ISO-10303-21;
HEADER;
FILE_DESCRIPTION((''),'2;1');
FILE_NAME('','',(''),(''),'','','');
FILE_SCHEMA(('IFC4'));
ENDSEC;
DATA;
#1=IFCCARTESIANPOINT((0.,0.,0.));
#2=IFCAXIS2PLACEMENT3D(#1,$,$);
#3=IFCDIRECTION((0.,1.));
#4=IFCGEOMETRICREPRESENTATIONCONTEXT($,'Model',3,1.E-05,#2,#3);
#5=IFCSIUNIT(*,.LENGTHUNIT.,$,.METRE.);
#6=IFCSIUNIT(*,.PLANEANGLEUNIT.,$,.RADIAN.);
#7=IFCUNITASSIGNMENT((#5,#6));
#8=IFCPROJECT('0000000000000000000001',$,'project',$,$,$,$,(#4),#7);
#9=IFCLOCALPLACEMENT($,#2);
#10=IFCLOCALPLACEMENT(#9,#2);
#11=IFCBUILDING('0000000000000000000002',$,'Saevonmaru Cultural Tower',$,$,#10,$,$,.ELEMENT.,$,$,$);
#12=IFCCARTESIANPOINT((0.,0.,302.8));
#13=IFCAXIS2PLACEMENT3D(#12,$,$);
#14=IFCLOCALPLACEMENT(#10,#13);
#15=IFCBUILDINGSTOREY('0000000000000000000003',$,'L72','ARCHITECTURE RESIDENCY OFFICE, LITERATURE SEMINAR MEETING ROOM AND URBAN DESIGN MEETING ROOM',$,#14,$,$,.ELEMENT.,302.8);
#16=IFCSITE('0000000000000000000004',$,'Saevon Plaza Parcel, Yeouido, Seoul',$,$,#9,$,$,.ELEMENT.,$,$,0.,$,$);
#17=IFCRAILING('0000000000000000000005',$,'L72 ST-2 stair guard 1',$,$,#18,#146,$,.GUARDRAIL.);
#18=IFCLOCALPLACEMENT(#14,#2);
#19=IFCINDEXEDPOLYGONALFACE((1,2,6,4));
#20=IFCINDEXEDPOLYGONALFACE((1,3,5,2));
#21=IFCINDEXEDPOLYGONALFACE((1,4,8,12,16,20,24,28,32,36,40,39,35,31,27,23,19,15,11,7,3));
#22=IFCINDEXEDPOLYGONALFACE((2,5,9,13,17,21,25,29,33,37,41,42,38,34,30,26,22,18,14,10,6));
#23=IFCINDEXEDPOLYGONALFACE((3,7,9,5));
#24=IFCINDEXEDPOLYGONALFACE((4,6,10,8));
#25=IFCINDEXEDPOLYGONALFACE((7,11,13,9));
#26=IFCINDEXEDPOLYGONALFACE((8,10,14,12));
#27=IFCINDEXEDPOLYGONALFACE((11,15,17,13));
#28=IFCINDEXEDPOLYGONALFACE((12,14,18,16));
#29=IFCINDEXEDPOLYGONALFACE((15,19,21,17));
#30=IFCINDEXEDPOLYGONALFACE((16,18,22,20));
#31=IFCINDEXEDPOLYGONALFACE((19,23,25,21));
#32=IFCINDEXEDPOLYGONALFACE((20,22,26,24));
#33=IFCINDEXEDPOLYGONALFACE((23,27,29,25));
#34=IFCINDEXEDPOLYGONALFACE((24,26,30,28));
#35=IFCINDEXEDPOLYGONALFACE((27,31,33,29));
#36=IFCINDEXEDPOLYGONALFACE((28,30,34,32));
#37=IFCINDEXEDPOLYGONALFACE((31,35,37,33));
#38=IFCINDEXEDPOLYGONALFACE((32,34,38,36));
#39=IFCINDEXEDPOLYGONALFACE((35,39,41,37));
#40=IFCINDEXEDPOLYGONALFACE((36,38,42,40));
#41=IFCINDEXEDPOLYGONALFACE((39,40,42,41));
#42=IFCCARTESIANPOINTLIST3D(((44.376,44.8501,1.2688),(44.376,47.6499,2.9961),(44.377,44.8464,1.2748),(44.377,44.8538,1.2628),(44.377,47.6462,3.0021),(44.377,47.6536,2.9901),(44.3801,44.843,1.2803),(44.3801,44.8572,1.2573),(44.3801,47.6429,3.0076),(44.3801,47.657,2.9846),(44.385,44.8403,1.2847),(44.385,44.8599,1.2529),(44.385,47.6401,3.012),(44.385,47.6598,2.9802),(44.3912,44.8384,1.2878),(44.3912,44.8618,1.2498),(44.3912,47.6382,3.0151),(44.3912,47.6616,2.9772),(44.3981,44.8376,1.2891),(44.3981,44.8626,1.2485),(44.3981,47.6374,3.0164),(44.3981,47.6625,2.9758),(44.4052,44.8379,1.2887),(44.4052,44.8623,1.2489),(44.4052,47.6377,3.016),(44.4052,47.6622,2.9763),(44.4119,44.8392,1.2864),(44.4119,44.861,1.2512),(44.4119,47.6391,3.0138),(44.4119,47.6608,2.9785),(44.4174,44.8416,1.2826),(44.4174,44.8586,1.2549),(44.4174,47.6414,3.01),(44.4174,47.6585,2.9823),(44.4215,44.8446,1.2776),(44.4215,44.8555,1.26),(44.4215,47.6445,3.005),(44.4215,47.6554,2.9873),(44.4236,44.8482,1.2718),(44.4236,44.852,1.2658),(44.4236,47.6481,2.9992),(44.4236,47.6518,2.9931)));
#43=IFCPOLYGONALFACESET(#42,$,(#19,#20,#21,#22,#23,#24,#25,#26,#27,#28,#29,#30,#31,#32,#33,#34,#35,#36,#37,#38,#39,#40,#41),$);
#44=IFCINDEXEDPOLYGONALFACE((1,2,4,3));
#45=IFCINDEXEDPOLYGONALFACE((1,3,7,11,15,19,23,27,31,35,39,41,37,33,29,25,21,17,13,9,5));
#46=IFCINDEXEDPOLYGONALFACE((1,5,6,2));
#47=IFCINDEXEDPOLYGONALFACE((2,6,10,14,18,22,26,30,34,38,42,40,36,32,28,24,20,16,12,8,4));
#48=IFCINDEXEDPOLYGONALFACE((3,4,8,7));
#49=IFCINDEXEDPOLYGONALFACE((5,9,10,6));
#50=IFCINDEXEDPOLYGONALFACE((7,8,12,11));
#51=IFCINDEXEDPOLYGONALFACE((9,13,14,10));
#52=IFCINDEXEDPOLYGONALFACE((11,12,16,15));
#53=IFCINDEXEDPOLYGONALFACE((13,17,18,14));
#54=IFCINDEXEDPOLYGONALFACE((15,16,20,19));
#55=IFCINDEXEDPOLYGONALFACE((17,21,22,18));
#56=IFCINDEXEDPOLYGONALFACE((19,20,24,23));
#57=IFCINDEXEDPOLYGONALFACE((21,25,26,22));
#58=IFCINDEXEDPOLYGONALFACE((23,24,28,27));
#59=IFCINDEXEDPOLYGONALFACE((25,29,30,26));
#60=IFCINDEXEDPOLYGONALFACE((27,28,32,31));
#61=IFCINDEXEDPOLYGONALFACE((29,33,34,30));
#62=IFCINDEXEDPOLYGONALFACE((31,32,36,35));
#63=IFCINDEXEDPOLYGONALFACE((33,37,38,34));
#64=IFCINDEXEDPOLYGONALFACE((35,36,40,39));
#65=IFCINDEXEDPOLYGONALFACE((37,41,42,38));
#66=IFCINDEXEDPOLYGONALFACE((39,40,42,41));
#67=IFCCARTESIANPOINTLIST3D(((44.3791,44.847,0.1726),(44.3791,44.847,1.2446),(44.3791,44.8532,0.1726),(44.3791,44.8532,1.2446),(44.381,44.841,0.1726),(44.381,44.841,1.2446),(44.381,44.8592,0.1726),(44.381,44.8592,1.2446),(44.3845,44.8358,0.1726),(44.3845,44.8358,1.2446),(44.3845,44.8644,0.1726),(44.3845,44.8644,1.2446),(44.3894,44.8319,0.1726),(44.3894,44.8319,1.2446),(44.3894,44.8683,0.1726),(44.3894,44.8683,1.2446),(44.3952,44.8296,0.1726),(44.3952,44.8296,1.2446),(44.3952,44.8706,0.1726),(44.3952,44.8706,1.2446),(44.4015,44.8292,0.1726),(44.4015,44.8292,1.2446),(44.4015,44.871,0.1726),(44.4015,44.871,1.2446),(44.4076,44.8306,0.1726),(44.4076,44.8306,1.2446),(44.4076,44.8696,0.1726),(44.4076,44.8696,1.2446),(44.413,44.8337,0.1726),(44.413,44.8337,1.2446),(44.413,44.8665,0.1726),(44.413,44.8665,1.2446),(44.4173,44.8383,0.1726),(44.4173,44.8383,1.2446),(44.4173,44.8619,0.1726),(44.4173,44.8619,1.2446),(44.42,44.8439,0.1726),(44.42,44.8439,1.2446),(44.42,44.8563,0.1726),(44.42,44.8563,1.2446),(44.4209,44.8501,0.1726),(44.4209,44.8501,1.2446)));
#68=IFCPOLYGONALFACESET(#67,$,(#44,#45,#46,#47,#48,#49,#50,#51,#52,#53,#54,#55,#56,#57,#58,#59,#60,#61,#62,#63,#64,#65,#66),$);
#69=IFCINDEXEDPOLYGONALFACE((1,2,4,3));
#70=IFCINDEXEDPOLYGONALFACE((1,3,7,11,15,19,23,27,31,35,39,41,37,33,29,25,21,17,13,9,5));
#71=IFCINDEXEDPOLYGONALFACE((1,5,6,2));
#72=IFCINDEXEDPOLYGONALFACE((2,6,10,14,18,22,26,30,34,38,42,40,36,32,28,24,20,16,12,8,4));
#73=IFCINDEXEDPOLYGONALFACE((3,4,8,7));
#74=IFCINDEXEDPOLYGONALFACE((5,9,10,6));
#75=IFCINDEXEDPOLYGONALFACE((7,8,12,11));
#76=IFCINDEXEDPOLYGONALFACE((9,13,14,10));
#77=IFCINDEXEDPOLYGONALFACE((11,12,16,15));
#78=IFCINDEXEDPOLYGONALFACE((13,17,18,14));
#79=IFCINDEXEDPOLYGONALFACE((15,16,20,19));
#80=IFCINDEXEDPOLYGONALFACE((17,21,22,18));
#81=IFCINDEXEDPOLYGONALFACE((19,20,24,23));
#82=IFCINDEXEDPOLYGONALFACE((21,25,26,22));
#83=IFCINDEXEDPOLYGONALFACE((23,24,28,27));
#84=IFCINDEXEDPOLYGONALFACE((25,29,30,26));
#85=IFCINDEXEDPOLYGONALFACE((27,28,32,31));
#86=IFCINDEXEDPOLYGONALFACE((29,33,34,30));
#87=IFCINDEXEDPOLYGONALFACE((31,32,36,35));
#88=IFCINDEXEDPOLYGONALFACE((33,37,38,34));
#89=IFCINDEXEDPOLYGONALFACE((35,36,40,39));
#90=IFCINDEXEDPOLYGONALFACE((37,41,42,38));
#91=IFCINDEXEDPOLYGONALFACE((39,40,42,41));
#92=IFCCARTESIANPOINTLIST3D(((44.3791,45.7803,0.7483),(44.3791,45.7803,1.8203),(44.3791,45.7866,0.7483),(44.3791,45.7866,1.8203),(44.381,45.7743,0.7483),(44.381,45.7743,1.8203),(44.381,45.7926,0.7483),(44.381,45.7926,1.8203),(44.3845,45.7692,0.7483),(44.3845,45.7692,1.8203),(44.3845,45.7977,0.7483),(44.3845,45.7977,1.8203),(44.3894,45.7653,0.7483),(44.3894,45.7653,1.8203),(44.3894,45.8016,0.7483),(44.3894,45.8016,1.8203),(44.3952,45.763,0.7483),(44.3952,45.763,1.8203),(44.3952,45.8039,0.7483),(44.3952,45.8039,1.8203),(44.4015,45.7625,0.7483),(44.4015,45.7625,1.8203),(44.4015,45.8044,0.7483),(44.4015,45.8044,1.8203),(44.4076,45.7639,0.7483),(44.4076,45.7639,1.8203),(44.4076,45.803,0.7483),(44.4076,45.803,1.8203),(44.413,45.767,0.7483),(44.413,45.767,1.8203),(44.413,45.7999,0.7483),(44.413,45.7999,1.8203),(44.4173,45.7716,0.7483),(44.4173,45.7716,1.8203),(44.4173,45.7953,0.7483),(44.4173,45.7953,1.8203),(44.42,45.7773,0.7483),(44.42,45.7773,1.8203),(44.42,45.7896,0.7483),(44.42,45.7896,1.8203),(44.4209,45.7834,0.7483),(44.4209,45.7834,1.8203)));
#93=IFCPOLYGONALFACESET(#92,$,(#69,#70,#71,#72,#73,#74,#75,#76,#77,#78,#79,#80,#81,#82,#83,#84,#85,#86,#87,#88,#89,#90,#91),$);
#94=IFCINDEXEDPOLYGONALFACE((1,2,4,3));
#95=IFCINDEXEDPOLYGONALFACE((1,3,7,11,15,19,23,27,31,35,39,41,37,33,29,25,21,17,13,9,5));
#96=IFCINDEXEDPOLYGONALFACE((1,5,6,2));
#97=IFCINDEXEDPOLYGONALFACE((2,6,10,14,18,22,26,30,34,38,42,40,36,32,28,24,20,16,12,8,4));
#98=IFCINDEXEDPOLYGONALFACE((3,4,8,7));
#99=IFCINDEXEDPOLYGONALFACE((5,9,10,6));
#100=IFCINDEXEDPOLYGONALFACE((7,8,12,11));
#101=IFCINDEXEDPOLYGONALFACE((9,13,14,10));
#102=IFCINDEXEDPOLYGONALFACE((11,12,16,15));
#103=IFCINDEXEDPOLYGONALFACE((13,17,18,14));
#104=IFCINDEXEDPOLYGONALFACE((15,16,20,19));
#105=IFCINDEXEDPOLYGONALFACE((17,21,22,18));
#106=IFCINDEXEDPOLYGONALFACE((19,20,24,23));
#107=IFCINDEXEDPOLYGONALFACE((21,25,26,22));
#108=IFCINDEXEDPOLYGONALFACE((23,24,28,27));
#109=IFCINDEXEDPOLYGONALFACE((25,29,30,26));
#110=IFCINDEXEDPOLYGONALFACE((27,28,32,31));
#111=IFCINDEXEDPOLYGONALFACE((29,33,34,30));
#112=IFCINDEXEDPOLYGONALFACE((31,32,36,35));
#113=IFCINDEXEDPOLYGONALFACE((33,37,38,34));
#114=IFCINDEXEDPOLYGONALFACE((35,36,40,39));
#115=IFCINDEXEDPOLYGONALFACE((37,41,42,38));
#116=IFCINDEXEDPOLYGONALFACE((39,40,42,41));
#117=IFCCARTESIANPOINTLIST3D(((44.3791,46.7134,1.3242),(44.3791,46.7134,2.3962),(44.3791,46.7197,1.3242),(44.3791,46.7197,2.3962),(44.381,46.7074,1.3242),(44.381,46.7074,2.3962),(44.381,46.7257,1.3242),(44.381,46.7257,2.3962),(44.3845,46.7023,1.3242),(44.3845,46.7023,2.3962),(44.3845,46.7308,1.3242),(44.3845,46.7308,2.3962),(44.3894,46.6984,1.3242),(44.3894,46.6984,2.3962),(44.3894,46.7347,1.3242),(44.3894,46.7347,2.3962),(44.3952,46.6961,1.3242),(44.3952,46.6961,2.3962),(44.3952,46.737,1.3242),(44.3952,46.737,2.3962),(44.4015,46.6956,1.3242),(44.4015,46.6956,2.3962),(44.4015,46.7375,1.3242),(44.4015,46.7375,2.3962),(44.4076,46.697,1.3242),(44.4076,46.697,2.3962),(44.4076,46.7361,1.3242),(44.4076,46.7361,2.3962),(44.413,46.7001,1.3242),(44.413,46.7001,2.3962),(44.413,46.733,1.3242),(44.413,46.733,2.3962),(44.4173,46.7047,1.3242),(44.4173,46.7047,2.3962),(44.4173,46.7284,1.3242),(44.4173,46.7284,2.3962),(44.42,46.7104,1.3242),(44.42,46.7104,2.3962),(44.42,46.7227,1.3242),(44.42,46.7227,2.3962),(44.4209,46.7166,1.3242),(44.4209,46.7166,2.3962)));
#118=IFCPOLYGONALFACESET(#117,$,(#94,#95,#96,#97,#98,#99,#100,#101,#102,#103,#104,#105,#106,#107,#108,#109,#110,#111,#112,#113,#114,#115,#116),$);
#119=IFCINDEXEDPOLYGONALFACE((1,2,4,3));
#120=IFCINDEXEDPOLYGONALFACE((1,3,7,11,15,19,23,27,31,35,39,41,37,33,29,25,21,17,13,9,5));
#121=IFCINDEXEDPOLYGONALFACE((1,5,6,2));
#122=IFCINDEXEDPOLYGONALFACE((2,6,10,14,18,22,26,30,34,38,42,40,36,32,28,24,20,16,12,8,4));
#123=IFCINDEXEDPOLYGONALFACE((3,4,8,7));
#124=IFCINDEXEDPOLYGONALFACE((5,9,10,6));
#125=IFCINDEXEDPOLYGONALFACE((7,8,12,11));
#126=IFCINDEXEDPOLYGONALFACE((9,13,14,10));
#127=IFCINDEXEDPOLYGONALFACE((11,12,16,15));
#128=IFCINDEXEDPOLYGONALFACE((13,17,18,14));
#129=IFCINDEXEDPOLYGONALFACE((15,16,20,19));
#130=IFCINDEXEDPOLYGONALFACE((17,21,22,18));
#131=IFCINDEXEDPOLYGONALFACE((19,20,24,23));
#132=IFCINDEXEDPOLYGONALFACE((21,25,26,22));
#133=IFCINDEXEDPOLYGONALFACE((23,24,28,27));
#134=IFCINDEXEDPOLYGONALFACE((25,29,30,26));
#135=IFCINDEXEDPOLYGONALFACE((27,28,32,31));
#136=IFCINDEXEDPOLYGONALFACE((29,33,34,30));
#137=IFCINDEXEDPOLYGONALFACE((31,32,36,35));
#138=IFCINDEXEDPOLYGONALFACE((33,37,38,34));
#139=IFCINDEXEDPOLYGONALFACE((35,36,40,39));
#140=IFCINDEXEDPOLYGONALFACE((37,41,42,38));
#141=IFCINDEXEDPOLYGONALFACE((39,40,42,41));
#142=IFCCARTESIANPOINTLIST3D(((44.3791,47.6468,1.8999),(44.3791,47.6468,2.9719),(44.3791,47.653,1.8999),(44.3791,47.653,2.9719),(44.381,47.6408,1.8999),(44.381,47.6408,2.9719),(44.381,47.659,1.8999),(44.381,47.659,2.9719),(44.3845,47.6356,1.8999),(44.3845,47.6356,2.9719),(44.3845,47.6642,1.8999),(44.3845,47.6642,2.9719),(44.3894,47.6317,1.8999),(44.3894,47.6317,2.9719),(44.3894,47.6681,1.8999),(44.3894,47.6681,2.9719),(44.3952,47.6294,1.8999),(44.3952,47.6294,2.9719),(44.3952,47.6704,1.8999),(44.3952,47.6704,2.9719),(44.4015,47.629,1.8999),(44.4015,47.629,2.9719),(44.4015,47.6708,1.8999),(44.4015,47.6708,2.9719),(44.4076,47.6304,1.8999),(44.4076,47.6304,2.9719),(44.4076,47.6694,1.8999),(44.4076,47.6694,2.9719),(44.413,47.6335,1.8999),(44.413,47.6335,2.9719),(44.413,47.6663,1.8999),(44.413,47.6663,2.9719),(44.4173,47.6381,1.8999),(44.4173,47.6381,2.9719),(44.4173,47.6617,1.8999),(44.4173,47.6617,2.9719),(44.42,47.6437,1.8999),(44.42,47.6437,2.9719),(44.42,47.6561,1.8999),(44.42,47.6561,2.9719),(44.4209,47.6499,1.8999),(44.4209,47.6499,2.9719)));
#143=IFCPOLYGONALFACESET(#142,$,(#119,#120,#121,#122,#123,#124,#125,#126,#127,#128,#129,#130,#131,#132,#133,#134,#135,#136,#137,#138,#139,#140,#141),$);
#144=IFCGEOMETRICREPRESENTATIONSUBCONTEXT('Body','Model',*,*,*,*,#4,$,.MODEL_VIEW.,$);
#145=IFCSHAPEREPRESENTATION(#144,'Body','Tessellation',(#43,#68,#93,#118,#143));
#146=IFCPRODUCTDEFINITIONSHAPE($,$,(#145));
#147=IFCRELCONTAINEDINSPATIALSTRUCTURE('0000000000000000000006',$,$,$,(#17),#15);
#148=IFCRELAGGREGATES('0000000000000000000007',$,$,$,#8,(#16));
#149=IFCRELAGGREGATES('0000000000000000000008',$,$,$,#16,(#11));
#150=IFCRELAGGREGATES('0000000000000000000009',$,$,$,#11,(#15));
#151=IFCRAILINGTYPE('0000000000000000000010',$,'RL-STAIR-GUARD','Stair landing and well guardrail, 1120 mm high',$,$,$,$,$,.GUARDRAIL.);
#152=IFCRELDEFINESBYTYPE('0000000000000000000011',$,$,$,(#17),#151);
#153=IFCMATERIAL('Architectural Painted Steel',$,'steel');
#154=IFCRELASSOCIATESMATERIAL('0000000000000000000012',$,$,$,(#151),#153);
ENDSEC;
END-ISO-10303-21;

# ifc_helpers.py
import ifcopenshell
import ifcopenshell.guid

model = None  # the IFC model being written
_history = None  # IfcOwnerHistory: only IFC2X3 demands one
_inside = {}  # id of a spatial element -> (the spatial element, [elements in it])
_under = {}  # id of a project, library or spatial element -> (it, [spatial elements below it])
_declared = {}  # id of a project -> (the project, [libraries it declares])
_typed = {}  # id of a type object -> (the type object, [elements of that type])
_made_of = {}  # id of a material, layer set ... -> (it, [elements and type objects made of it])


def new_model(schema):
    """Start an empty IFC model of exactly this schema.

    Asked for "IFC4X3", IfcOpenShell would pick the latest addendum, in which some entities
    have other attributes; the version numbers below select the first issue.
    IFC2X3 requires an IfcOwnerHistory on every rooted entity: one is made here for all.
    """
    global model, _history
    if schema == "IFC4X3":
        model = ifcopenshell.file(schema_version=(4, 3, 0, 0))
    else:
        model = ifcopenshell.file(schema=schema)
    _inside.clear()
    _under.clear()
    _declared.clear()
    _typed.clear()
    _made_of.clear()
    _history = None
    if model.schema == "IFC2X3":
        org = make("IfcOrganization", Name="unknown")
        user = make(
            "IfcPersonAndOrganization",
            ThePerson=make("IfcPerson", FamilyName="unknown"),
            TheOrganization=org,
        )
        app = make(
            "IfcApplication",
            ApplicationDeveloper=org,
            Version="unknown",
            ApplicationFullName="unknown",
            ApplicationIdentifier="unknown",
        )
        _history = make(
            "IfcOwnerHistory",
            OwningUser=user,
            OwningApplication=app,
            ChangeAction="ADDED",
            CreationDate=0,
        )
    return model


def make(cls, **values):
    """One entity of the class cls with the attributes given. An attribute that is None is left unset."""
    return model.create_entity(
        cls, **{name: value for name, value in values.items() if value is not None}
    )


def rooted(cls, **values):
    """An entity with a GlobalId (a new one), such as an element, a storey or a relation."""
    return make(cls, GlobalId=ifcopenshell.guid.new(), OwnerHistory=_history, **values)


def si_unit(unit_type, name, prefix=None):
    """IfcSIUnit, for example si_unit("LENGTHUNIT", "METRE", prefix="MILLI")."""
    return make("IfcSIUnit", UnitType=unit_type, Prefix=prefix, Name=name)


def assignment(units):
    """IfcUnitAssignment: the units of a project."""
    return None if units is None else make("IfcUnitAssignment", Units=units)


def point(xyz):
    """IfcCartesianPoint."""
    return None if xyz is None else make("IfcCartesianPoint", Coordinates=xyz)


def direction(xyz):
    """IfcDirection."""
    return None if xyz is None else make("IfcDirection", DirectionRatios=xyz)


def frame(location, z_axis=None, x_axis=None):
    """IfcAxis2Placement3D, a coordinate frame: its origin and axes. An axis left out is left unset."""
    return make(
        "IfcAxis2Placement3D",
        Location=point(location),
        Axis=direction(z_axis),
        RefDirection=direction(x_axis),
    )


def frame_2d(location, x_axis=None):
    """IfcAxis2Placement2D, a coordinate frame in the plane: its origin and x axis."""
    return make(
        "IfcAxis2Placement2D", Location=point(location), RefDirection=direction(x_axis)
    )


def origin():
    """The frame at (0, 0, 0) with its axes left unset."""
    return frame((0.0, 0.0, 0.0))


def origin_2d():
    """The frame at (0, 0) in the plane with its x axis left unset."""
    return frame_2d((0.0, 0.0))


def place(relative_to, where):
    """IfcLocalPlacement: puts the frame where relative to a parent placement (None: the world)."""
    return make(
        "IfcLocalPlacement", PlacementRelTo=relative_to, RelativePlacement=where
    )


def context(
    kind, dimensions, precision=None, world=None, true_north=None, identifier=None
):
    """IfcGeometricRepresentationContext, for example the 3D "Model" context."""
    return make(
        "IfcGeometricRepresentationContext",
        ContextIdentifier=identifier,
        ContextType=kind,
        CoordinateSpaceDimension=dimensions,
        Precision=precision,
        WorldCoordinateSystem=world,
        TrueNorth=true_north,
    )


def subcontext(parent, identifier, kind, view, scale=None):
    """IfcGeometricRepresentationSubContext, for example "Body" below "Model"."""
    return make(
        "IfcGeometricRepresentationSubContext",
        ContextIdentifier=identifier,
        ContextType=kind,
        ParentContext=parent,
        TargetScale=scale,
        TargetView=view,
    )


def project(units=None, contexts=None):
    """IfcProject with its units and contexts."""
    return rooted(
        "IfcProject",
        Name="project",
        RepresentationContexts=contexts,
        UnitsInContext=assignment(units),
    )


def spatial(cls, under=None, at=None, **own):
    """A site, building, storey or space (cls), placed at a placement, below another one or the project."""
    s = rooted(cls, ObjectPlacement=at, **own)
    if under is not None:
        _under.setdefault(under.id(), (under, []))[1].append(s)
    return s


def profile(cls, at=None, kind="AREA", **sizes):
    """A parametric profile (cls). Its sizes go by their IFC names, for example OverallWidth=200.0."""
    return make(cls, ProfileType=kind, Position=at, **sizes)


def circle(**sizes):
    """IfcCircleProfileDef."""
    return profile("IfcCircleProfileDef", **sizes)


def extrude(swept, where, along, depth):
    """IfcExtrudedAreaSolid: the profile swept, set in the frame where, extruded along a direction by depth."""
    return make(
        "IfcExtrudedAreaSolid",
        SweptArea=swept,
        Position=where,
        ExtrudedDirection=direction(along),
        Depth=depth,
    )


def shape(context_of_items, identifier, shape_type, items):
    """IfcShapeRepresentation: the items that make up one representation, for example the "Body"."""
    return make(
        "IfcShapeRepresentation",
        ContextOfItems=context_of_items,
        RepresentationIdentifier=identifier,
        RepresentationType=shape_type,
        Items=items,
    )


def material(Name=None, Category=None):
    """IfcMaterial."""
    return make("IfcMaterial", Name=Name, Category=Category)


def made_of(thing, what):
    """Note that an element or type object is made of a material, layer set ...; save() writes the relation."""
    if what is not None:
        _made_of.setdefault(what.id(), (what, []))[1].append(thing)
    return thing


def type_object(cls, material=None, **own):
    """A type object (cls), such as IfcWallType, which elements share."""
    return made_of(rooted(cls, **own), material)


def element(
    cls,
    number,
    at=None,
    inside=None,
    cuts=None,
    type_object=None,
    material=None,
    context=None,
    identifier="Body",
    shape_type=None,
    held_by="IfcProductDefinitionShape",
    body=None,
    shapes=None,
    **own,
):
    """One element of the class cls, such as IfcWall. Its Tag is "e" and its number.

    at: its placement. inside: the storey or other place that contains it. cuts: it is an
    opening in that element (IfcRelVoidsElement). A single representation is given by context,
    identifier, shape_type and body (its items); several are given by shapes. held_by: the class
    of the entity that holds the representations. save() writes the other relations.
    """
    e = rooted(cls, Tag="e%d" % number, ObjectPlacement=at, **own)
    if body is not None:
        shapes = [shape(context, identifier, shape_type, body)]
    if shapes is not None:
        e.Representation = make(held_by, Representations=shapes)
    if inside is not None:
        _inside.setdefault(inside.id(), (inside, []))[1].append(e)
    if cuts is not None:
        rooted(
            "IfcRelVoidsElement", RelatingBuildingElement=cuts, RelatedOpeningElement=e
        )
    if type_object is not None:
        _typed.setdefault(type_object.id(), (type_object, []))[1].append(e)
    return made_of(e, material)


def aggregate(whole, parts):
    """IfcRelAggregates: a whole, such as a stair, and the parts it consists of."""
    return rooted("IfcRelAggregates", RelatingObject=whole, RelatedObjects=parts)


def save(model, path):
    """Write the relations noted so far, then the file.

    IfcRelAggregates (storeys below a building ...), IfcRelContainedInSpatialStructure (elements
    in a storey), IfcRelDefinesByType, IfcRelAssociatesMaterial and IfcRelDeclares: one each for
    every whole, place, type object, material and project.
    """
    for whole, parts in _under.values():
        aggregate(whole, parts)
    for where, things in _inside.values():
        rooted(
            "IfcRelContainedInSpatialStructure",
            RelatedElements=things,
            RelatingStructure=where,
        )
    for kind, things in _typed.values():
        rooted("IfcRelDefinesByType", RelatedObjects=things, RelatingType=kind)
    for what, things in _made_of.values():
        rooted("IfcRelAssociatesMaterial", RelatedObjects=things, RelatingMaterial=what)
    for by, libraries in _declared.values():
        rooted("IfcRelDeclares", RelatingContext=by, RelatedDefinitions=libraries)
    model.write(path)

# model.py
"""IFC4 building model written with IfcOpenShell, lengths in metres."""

from ifc_helpers import new_model, si_unit, direction, frame, origin, origin_2d, place, context, subcontext, project, spatial, circle, extrude, material, type_object, element, save


model = new_model("IFC4")

# Units and contexts
model_context = context("Model", 3, precision=1e-05, world=origin(), true_north=direction((0.0, 1.0)))
body_context = subcontext(model_context, "Body", "Model", "MODEL_VIEW")
ifc_project = project(units=[si_unit("LENGTHUNIT", "METRE"), si_unit("PLANEANGLEUNIT", "RADIAN")], contexts=[model_context])

# Site, building, storey
site_placement = place(None, origin())
site = spatial("IfcSite", under=ifc_project, at=site_placement, Name="Saevon Plaza Parcel, Yeouido, Seoul", CompositionType="ELEMENT", RefElevation=0.0)
building_placement = place(site_placement, origin())
building = spatial("IfcBuilding", under=site, at=building_placement, Name="Saevonmaru Cultural Tower", CompositionType="ELEMENT")
storey_placement = place(building_placement, frame((0.0, 0.0, 302.8)))
storey = spatial("IfcBuildingStorey", under=building, at=storey_placement, Name="L72", Description="ARCHITECTURE RESIDENCY OFFICE, LITERATURE SEMINAR MEETING ROOM AND URBAN DESIGN MEETING ROOM", CompositionType="ELEMENT", Elevation=302.8)

# Railing
ifc_material_1 = material(Name="Architectural Painted Steel", Category="steel")
railing_type_1 = type_object("IfcRailingType", Name="RL-STAIR-GUARD", Description="Stair landing and well guardrail, 1120 mm high", PredefinedType="GUARDRAIL", material=ifc_material_1)
railing_1_placement = place(storey_placement, frame((44.3999, 44.8501, 0.1726)))
element("IfcRailing", 1, at=railing_1_placement, inside=storey, type_object=railing_type_1, Name="L72 ST-2 stair guard 1", PredefinedType="GUARDRAIL", context=body_context, shape_type="SweptSolid", body=[
    extrude(circle(Radius=0.0239, at=origin_2d()), frame((0.0, 0.0, 1.0962), z_axis=(0.0, 0.851069, 0.525054), x_axis=(-1.0, 0.0, 0.0)), (0.0, 0.0, 1.0), 3.2898),
    extrude(circle(Radius=0.021, at=origin_2d()), origin(), (0.0, 0.0, 1.0), 1.072),
    extrude(circle(Radius=0.021, at=origin_2d()), frame((0.0, 0.9333, 0.5757)), (0.0, 0.0, 1.0), 1.072),
    extrude(circle(Radius=0.021, at=origin_2d()), frame((0.0, 1.8665, 1.1516)), (0.0, 0.0, 1.0), 1.072),
    extrude(circle(Radius=0.021, at=origin_2d()), frame((0.0, 2.7998, 1.7273)), (0.0, 0.0, 1.0), 1.072),
])

save(model, "model.ifc")
